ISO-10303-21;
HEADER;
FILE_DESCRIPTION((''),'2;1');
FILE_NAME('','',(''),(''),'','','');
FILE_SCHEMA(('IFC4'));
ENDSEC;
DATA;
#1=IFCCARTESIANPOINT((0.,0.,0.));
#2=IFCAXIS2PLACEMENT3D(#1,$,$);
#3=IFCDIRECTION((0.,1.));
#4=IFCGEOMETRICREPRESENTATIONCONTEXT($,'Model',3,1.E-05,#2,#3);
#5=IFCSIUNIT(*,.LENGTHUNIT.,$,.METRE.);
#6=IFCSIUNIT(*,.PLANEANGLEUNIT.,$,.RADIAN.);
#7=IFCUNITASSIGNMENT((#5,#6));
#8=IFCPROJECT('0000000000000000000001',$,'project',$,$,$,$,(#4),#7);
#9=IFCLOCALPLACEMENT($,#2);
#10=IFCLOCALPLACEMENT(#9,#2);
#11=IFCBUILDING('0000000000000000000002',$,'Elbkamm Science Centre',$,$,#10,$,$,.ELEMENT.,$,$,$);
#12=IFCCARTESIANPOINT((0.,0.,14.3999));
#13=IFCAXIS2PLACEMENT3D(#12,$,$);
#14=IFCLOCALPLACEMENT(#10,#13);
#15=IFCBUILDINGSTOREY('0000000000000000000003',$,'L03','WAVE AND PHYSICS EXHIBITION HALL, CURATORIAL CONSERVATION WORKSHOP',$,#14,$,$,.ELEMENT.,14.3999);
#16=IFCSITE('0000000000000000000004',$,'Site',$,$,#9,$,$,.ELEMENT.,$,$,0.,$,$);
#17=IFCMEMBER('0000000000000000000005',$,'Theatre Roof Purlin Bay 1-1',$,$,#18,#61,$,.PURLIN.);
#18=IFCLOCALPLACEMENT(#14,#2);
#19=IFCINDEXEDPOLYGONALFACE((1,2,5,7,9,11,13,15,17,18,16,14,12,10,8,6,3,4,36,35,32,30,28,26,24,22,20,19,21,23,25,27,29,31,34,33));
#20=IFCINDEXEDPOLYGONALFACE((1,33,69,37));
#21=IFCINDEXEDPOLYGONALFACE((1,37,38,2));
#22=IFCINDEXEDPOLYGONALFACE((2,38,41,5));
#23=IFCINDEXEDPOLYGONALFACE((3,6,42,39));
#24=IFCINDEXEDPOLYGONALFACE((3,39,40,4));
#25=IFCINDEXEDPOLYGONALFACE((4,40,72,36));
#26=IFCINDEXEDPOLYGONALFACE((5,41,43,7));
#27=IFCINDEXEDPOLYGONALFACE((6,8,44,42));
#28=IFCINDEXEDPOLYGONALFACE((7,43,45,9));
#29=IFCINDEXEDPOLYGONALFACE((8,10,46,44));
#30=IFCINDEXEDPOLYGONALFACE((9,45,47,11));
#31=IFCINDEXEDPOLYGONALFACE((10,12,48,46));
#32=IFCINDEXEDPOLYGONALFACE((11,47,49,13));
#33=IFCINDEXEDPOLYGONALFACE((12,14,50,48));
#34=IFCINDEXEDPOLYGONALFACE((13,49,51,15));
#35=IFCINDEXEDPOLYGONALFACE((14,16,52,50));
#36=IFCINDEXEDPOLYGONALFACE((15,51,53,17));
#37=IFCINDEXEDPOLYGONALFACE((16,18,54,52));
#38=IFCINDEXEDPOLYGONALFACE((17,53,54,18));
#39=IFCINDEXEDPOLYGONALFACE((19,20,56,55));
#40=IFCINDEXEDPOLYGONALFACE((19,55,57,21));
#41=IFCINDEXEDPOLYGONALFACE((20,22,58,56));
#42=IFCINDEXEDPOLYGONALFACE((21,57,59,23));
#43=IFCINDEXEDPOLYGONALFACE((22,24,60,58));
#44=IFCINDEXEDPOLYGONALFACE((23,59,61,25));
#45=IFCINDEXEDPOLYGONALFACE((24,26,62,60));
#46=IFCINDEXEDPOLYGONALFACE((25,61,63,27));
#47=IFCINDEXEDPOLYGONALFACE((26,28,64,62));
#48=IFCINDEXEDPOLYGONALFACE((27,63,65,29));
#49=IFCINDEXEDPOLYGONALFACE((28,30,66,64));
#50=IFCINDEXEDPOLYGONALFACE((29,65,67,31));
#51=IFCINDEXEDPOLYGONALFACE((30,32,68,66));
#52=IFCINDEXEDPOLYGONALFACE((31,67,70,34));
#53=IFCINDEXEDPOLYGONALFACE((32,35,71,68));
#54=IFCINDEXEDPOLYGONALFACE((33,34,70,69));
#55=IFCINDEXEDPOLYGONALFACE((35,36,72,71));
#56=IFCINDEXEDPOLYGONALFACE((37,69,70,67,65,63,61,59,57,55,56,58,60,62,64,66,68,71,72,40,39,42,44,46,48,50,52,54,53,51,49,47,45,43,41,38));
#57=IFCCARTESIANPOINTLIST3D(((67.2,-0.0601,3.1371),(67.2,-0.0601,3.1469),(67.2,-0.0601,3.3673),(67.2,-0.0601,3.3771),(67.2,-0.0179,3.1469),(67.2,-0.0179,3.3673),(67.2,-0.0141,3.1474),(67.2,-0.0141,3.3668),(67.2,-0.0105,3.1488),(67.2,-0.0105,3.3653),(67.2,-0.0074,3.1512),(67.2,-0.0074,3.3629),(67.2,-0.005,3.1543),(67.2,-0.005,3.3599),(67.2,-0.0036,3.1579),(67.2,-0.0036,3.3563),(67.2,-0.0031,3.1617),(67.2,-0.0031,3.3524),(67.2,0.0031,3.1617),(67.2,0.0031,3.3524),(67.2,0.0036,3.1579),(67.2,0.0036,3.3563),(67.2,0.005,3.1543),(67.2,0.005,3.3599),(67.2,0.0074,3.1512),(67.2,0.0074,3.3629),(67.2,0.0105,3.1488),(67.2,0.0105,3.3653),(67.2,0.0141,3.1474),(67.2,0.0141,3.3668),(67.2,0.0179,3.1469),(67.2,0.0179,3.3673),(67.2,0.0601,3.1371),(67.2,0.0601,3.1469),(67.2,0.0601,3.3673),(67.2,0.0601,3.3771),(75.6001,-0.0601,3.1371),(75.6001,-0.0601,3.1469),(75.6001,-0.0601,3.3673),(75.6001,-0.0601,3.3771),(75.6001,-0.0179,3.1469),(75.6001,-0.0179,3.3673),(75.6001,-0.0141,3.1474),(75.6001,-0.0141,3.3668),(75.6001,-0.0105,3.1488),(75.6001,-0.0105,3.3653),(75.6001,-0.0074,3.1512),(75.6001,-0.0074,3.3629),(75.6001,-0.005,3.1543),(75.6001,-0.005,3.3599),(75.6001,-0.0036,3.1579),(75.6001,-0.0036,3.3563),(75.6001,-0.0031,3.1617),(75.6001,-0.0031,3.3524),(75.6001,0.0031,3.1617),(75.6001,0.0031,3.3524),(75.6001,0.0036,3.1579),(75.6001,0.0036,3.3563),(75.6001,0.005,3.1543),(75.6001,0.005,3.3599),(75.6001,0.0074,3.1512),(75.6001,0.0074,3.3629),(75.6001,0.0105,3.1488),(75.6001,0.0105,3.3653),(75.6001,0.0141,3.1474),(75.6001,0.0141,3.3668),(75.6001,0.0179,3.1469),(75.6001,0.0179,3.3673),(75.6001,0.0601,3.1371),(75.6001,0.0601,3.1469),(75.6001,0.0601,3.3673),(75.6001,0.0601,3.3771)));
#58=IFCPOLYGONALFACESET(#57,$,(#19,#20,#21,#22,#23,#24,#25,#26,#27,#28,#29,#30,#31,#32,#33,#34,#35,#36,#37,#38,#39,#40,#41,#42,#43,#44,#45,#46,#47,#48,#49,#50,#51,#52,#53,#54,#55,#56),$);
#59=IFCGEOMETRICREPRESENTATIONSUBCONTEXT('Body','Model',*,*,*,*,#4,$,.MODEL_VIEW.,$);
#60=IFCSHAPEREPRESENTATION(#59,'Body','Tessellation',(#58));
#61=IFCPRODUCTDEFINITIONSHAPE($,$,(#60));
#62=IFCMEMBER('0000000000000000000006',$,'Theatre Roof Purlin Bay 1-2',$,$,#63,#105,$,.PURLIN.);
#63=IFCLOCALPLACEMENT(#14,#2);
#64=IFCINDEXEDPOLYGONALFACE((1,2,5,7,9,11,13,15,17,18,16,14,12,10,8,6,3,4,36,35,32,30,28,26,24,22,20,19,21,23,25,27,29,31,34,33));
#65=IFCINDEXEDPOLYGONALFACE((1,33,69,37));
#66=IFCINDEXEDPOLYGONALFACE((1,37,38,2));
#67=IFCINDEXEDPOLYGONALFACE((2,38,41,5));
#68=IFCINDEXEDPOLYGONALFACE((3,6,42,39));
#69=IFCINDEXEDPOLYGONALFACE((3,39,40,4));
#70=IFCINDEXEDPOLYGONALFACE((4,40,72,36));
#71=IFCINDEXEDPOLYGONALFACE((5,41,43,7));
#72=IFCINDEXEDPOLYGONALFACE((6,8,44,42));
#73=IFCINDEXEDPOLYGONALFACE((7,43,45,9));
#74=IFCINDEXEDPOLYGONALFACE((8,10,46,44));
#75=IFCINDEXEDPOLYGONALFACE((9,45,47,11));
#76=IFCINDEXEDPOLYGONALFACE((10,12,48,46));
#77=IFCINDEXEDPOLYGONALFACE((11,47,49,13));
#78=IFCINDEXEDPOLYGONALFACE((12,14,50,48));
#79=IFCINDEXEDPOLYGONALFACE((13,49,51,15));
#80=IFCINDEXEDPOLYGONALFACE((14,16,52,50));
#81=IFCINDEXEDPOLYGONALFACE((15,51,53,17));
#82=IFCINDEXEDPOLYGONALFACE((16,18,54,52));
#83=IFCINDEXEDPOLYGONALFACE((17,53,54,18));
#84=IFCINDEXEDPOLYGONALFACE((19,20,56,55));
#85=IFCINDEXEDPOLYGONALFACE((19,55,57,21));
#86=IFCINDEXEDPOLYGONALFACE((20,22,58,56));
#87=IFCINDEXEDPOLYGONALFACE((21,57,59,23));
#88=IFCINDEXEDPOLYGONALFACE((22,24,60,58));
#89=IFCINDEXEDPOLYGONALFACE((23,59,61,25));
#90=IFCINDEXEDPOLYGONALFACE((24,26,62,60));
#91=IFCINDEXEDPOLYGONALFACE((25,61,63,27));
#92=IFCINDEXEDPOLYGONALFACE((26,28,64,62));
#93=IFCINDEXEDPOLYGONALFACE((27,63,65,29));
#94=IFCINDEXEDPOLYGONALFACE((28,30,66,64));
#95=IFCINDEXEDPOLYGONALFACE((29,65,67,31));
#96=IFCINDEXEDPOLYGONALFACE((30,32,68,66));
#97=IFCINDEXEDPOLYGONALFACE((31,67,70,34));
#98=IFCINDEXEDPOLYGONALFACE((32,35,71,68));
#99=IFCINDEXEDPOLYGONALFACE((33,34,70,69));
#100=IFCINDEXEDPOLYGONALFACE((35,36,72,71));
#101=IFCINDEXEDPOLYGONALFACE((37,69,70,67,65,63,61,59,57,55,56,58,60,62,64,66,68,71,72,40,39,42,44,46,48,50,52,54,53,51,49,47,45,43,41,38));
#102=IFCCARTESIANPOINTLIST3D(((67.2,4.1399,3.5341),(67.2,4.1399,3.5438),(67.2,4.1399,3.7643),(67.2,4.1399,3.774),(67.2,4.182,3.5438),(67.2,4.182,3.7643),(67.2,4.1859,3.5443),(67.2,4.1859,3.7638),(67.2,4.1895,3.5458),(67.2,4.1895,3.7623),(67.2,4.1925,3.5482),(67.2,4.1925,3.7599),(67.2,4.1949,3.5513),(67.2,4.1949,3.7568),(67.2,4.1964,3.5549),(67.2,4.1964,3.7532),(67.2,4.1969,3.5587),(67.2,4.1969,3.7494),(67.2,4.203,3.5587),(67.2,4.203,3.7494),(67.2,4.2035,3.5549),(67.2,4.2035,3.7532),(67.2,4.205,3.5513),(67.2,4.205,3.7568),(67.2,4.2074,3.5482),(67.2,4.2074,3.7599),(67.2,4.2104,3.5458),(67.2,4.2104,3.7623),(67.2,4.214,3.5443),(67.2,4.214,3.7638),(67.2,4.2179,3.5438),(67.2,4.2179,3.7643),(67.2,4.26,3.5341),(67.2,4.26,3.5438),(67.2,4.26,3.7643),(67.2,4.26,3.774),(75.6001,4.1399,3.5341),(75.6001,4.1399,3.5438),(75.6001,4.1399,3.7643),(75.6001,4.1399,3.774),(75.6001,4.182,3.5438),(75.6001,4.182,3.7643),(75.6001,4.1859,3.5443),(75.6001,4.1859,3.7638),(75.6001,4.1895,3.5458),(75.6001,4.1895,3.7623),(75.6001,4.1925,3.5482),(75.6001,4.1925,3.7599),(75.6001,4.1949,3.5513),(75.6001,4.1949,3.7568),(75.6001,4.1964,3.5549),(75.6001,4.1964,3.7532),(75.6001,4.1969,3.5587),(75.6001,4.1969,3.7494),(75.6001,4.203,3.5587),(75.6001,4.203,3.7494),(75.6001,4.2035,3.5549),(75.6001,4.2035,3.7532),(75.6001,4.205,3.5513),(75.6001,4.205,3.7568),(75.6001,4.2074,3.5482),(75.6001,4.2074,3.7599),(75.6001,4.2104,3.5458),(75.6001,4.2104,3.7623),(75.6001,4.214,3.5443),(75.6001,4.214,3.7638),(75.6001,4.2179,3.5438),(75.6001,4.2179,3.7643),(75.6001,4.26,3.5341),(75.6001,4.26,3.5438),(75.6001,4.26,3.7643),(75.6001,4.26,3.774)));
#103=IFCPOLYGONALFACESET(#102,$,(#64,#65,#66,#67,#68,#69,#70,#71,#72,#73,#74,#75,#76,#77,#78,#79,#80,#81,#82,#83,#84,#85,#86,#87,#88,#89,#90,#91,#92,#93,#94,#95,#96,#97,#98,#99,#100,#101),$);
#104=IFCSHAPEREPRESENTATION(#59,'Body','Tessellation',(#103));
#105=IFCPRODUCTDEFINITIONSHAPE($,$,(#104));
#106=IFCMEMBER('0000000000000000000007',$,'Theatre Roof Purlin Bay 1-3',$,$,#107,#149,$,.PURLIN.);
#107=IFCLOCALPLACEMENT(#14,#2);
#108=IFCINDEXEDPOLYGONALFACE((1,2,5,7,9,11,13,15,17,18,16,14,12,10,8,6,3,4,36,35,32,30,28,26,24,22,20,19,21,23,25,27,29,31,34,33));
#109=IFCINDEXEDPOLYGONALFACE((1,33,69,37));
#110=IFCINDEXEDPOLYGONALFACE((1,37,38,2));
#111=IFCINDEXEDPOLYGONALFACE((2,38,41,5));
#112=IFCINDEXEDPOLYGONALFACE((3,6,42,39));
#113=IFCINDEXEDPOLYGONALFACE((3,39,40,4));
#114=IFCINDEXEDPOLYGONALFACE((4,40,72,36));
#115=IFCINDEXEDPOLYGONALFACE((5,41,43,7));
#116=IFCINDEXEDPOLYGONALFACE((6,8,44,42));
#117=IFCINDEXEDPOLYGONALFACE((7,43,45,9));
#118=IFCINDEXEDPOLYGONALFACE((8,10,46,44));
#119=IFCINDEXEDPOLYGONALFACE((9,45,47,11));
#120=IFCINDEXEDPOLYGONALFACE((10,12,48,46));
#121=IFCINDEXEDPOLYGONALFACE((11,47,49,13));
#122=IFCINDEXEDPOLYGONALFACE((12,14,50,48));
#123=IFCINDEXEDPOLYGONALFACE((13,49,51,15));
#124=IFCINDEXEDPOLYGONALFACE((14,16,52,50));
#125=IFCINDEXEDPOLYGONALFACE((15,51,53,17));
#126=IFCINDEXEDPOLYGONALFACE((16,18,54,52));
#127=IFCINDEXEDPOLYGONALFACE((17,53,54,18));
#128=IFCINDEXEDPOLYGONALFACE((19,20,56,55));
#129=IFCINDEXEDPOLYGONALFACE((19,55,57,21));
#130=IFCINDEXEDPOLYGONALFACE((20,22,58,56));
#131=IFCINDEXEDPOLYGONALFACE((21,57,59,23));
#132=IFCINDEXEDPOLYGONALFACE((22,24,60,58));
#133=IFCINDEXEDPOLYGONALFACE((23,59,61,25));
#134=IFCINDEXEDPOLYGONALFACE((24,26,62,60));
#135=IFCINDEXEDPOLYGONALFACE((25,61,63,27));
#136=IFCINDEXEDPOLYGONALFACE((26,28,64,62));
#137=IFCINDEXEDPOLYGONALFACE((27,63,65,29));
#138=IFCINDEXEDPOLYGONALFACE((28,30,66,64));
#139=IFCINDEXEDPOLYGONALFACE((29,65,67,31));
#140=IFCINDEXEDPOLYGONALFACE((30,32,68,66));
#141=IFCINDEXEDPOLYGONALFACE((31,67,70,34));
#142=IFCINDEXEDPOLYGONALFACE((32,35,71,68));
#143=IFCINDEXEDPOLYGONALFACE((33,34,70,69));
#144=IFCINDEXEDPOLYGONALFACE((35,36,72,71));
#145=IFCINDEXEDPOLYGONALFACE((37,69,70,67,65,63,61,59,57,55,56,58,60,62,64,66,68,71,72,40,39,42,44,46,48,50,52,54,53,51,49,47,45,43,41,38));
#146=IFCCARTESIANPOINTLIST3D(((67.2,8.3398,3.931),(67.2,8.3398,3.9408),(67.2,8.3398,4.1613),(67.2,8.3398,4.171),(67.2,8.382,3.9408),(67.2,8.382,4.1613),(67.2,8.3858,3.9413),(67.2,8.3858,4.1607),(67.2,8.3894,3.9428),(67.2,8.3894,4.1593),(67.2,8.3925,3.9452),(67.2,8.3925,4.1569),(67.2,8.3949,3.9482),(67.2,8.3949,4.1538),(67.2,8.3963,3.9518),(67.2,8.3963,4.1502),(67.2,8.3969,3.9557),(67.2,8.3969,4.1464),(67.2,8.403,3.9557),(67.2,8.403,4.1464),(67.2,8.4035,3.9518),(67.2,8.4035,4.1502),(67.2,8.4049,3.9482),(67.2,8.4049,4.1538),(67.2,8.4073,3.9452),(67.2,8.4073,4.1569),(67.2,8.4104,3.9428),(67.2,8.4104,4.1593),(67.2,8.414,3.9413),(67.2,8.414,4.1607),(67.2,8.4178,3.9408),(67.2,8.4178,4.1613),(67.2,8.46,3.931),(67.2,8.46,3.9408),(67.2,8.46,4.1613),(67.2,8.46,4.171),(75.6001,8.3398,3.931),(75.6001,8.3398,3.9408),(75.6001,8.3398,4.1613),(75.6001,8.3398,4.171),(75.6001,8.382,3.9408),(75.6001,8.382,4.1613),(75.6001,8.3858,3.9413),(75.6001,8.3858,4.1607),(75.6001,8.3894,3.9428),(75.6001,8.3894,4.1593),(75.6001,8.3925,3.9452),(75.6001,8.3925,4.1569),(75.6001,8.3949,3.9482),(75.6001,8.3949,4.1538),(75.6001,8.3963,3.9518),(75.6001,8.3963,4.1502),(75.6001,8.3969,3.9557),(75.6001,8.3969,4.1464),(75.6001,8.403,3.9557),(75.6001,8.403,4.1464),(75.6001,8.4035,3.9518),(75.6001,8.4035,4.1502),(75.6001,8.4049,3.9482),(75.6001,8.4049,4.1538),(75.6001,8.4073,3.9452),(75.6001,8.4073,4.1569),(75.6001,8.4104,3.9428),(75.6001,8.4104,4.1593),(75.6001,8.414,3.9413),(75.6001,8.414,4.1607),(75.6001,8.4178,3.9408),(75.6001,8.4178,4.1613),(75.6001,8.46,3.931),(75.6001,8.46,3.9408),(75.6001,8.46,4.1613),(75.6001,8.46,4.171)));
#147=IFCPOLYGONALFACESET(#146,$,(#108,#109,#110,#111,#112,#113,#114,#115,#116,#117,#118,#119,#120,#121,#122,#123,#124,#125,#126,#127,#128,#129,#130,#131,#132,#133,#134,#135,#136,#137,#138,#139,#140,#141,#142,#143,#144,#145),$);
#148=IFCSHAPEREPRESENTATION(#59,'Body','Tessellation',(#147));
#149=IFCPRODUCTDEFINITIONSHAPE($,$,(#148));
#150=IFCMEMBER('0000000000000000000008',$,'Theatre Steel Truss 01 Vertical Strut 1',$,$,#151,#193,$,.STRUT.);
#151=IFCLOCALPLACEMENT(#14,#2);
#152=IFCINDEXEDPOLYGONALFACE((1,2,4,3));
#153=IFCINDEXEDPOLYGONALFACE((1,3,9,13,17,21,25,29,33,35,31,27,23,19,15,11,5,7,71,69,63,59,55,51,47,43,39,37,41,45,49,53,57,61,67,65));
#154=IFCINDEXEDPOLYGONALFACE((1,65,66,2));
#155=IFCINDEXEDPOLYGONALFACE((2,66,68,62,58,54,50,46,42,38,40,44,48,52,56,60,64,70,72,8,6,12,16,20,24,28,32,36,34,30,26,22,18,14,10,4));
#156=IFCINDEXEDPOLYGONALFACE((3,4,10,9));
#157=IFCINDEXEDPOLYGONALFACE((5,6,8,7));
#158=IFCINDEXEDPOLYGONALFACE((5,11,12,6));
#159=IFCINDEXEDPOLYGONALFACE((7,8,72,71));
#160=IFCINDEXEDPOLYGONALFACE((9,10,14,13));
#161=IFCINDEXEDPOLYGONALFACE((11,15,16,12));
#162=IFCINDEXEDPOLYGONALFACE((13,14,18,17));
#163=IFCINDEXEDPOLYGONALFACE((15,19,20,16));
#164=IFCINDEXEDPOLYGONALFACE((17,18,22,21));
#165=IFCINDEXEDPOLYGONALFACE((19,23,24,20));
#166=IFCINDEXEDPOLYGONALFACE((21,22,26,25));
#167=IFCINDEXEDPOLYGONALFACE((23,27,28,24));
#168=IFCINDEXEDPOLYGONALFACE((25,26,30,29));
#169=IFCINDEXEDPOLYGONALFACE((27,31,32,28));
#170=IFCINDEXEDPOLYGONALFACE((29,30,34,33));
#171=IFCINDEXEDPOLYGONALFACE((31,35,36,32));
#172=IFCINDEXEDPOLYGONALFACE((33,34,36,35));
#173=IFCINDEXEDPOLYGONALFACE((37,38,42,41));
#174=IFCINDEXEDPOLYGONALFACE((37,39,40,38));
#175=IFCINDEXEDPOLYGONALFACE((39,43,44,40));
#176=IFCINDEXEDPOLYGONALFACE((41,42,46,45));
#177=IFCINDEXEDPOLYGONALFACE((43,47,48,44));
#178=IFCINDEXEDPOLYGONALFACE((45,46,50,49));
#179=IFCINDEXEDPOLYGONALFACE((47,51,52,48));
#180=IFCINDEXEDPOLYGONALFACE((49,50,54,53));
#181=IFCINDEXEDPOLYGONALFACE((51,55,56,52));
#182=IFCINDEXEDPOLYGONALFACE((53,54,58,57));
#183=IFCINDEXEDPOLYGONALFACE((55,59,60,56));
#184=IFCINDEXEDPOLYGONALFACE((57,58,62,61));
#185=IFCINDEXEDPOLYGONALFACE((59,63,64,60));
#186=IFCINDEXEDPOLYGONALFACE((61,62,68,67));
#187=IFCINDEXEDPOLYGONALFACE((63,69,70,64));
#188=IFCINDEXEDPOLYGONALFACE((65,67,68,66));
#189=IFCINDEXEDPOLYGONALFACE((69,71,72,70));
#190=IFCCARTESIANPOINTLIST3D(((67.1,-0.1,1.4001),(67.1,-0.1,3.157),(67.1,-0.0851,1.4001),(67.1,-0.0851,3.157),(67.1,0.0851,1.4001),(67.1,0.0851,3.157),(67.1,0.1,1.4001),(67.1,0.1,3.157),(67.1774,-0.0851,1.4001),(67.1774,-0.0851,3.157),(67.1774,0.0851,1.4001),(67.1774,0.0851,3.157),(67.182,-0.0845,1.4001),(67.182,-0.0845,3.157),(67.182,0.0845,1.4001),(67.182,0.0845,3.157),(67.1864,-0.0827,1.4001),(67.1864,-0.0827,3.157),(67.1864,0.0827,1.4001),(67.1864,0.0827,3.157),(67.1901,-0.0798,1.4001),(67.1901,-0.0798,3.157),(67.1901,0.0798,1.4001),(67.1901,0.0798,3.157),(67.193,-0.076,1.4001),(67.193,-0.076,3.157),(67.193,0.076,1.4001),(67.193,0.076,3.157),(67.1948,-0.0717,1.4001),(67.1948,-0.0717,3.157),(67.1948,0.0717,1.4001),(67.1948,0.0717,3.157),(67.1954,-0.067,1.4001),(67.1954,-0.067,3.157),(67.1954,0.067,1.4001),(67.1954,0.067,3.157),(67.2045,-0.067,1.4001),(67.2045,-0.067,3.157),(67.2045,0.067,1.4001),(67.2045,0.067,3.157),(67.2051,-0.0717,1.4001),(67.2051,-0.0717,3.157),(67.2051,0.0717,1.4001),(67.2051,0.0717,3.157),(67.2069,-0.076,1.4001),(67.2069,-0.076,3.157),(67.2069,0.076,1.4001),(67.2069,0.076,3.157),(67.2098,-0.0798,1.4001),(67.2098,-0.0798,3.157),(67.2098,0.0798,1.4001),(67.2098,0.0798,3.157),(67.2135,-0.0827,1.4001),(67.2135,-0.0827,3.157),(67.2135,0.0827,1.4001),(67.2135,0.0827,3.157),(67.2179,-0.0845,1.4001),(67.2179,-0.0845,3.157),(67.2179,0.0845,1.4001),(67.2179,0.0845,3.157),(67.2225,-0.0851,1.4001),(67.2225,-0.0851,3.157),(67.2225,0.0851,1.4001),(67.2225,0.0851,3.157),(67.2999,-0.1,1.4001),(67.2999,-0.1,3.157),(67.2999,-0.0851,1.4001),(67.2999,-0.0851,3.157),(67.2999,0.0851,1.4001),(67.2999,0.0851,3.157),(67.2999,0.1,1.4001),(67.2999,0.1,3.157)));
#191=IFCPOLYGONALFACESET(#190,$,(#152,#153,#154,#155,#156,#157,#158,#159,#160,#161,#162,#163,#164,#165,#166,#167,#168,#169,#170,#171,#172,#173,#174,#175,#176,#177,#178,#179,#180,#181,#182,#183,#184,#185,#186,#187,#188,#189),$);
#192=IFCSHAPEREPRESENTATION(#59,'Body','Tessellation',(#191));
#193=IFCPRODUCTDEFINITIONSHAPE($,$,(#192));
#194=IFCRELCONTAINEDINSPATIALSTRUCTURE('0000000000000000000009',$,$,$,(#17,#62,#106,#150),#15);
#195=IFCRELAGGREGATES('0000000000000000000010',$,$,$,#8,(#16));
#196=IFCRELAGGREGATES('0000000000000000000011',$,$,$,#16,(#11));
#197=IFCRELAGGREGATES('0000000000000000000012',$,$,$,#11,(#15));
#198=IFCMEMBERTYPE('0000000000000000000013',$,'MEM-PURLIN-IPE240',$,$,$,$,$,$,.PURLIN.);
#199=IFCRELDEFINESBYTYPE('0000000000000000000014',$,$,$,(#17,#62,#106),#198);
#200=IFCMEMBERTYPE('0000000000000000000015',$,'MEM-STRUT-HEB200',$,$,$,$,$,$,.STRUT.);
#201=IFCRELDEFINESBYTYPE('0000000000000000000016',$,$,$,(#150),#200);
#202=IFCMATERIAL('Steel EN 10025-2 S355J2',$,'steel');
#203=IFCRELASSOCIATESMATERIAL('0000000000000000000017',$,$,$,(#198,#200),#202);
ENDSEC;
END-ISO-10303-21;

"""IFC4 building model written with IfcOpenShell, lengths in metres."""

from ifc_helpers import new_model, si_unit, direction, frame, origin, origin_2d, place, context, subcontext, project, spatial, i_section, extrude, material, material_profile, profile_set, type_object, element, save


model = new_model("IFC4")

# Units and contexts
model_context = context("Model", 3, precision=1e-05, world=origin(), true_north=direction((0.0, 1.0)))
body_context = subcontext(model_context, "Body", "Model", "MODEL_VIEW")
ifc_project = project(units=[si_unit("LENGTHUNIT", "METRE"), si_unit("PLANEANGLEUNIT", "RADIAN")], contexts=[model_context])

# Site, building, storey
site_placement = place(None, origin())
site = spatial("IfcSite", under=ifc_project, at=site_placement, Name="Site", CompositionType="ELEMENT", RefElevation=0.0)
building_placement = place(site_placement, origin())
building = spatial("IfcBuilding", under=site, at=building_placement, Name="Elbkamm Science Centre", CompositionType="ELEMENT")
storey_placement = place(building_placement, frame((0.0, 0.0, 14.3999)))
storey = spatial("IfcBuildingStorey", under=building, at=storey_placement, Name="L03", Description="WAVE AND PHYSICS EXHIBITION HALL, CURATORIAL CONSERVATION WORKSHOP", CompositionType="ELEMENT", Elevation=14.3999)

# Shared definitions
ifc_material_1 = material(Name="Steel EN 10025-2 S355J2", Category="steel")

# Members
ifc_material_profile_1 = material_profile(ifc_material_1, i_section(OverallWidth=0.1201, OverallDepth=0.24, WebThickness=0.0061, FlangeThickness=0.0098, FilletRadius=0.0149, at=origin_2d()), Name="IPE 240")
ifc_profile_set_1 = profile_set([ifc_material_profile_1], Name="Steel EN 10025-2 S355J2")
member_type_1 = type_object("IfcMemberType", Name="MEM-PURLIN-IPE240", PredefinedType="PURLIN", material=ifc_profile_set_1)
for number, where, z_axis, x_axis, name in (
    (1, (67.2, 0.0, 3.2571), (1.0, 0.0, 0.0), (0.0, 1.0, 0.0), "Theatre Roof Purlin Bay 1-1"),
    (2, (67.2, 4.2, 3.6541), (1.0, 0.0, 0.0), (0.0, 1.0, 0.0), "Theatre Roof Purlin Bay 1-2"),
    (3, (67.2, 8.3999, 4.051), (1.0, 0.0, 0.0), (0.0, 1.0, 0.0), "Theatre Roof Purlin Bay 1-3"),
):
    element("IfcMember", number, at=place(storey_placement, frame(where, z_axis=z_axis, x_axis=x_axis)), inside=storey, type_object=member_type_1, Name=name, PredefinedType="PURLIN", context=body_context, shape_type="SweptSolid", body=[
        extrude(i_section(OverallWidth=0.1201, OverallDepth=0.24, WebThickness=0.0061, FlangeThickness=0.0098, FilletRadius=0.0149, at=origin_2d()), origin(), (0.0, 0.0, 1.0), 8.4001),
    ])
ifc_material_profile_2 = material_profile(ifc_material_1, i_section(OverallWidth=0.2, OverallDepth=0.2, WebThickness=0.009, FlangeThickness=0.0149, FilletRadius=0.0181, at=origin_2d()), Name="HEB 200")
ifc_profile_set_2 = profile_set([ifc_material_profile_2], Name="Steel EN 10025-2 S355J2")
member_type_2 = type_object("IfcMemberType", Name="MEM-STRUT-HEB200", PredefinedType="STRUT", material=ifc_profile_set_2)
member_1_placement = place(storey_placement, frame((67.2, 0.0, 1.4001), z_axis=(0.0, 0.0, 1.0), x_axis=(1.0, 0.0, 0.0)))
element("IfcMember", 4, at=member_1_placement, inside=storey, type_object=member_type_2, Name="Theatre Steel Truss 01 Vertical Strut 1", PredefinedType="STRUT", context=body_context, shape_type="SweptSolid", body=[
    extrude(i_section(OverallWidth=0.2, OverallDepth=0.2, WebThickness=0.009, FlangeThickness=0.0149, FilletRadius=0.0181, at=origin_2d()), origin(), (0.0, 0.0, 1.0), 1.7568),
])

save(model, "model.ifc")
